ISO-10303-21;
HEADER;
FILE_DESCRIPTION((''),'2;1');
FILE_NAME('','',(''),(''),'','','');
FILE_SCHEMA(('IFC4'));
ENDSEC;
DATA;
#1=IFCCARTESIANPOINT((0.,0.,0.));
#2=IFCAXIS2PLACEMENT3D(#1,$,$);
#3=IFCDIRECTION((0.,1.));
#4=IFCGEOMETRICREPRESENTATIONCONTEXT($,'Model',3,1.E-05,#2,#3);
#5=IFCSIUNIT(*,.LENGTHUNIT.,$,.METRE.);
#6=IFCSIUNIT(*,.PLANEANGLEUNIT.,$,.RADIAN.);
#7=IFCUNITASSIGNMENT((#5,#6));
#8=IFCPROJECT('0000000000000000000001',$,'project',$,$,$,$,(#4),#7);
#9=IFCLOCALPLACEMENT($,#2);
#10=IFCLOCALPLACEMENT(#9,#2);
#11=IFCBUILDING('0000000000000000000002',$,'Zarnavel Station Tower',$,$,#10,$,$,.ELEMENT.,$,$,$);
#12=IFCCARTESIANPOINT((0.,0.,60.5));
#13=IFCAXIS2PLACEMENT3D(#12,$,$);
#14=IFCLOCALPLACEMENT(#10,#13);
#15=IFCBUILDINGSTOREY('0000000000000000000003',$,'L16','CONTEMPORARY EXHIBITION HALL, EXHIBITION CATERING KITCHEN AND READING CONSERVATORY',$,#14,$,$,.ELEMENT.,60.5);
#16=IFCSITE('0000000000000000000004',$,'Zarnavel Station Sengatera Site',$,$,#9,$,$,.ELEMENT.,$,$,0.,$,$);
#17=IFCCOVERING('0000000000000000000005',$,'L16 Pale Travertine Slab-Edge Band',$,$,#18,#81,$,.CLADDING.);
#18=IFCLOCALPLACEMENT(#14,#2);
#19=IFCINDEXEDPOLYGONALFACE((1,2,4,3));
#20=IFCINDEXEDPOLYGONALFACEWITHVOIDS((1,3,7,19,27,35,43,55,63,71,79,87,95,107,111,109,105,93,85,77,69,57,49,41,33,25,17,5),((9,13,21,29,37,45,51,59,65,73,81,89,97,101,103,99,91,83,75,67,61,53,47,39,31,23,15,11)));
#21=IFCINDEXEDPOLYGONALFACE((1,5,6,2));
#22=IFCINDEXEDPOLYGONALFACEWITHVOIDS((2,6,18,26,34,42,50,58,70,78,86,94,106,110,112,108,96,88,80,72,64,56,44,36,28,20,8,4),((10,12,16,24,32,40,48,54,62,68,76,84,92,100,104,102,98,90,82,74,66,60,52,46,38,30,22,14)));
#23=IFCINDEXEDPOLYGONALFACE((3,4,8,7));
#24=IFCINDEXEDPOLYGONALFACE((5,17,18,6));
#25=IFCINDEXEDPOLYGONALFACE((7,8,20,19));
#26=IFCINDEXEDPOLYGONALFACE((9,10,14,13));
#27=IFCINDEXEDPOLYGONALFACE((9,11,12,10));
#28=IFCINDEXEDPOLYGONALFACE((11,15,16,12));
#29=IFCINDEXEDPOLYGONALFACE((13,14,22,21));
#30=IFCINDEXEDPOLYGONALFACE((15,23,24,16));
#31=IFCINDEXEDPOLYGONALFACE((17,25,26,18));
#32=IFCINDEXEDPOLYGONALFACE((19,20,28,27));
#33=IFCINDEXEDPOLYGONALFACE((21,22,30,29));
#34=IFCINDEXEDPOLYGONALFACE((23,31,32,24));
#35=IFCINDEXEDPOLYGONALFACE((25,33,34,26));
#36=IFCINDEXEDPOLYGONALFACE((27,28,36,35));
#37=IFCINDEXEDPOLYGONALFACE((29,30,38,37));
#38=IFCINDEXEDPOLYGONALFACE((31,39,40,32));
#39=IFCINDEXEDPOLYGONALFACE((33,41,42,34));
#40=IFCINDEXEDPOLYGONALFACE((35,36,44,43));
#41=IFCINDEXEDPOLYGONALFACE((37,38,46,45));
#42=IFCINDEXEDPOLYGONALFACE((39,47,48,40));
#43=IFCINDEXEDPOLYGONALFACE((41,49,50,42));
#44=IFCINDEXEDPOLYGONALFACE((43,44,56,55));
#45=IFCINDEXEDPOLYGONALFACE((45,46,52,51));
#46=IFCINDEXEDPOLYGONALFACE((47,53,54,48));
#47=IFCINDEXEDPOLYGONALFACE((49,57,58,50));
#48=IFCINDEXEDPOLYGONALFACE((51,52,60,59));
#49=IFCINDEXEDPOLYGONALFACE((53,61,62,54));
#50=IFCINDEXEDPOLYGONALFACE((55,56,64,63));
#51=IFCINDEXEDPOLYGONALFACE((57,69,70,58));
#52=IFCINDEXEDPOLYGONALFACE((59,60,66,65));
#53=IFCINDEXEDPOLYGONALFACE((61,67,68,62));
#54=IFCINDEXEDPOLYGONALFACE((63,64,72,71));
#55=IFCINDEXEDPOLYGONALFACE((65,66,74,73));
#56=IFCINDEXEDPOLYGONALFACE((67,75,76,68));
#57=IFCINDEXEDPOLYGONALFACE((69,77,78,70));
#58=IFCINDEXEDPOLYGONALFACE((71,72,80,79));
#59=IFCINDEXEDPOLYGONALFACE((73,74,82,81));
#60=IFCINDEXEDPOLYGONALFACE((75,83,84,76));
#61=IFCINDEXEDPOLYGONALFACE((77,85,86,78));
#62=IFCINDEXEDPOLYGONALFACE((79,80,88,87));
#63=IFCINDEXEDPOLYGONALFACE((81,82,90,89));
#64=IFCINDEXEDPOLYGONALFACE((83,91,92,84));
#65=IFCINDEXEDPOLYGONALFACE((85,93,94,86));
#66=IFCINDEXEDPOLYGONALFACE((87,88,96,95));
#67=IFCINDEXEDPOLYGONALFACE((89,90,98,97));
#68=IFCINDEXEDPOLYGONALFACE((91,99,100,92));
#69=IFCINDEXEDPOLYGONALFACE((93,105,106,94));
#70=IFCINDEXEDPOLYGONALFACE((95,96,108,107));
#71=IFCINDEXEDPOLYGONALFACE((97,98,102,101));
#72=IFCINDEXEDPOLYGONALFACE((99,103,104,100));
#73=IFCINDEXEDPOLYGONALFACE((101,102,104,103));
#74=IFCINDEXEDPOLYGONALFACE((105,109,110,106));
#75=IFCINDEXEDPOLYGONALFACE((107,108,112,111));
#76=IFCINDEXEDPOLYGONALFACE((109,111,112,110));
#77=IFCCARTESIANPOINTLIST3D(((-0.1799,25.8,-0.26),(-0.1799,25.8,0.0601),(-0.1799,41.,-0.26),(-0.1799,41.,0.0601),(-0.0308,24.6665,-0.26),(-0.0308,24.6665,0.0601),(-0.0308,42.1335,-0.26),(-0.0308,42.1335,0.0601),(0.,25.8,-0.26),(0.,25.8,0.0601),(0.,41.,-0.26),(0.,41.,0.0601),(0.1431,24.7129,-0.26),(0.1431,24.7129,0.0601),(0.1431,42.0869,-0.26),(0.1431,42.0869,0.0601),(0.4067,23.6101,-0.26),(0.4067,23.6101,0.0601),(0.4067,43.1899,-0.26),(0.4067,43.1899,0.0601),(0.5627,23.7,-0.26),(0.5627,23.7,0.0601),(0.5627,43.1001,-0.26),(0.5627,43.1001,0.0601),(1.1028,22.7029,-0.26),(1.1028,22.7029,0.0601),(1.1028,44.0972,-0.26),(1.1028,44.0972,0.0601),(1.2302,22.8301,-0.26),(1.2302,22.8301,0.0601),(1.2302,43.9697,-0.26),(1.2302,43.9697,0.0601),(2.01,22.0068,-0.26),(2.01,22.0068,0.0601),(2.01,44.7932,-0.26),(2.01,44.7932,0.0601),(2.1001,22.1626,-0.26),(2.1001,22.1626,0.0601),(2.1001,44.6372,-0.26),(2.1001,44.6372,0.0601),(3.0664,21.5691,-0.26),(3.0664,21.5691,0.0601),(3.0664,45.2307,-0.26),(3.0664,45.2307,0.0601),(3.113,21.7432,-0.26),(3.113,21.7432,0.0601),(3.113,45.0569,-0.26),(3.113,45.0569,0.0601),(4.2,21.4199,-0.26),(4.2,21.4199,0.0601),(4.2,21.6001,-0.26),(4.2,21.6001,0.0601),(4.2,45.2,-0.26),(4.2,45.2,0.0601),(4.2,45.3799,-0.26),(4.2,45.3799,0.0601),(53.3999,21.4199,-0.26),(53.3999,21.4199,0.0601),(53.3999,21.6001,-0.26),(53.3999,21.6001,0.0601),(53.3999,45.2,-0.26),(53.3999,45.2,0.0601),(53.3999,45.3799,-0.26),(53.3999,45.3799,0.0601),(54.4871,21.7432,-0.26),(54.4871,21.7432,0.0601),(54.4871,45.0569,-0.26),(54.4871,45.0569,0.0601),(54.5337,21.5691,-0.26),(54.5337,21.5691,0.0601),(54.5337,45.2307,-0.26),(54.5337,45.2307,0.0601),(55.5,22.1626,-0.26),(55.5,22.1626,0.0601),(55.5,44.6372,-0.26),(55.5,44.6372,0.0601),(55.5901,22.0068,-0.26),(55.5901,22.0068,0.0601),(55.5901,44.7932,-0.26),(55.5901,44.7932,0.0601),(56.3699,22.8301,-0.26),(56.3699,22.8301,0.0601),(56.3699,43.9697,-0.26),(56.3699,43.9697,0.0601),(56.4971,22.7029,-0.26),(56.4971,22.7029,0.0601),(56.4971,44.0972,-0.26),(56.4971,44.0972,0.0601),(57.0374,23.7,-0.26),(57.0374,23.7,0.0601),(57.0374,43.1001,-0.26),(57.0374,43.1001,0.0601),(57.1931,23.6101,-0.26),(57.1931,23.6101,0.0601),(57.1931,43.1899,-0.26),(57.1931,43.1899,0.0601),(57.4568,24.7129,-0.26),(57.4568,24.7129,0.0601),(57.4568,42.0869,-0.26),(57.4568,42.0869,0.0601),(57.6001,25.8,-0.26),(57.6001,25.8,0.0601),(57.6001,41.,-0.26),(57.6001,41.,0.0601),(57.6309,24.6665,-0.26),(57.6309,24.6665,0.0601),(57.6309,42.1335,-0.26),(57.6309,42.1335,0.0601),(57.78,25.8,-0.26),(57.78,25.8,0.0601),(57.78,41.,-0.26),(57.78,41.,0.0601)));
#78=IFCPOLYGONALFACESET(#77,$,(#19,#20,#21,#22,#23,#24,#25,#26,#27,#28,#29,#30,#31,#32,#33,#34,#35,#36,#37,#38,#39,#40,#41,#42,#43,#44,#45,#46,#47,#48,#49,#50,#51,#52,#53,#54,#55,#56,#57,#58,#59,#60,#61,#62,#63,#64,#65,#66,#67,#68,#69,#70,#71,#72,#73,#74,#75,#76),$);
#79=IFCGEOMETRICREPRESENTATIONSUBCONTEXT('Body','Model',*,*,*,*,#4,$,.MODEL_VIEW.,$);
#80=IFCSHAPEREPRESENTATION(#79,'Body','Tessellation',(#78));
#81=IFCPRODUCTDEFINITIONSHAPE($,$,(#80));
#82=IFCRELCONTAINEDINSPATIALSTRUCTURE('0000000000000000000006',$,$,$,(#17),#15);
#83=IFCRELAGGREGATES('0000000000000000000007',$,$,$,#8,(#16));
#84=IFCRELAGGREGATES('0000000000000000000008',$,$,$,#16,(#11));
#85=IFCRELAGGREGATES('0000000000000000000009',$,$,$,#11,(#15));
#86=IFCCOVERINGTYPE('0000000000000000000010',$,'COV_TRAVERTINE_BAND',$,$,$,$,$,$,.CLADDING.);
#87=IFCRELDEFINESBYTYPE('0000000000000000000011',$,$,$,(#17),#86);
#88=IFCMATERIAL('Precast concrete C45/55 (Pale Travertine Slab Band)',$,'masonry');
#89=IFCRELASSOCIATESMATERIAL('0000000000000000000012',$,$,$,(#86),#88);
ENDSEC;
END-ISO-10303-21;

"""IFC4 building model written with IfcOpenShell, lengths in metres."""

from ifc_helpers import new_model, si_unit, direction, frame, origin, place, context, subcontext, project, spatial, polyline, outline, extrude, material, type_object, element, save


model = new_model("IFC4")

# Units and contexts
model_context = context("Model", 3, precision=1e-05, world=origin(), true_north=direction((0.0, 1.0)))
body_context = subcontext(model_context, "Body", "Model", "MODEL_VIEW")
ifc_project = project(units=[si_unit("LENGTHUNIT", "METRE"), si_unit("PLANEANGLEUNIT", "RADIAN")], contexts=[model_context])

# Site, building, storey
site_placement = place(None, origin())
site = spatial("IfcSite", under=ifc_project, at=site_placement, Name="Zarnavel Station Sengatera Site", CompositionType="ELEMENT", RefElevation=0.0)
building_placement = place(site_placement, origin())
building = spatial("IfcBuilding", under=site, at=building_placement, Name="Zarnavel Station Tower", CompositionType="ELEMENT")
storey_placement = place(building_placement, frame((0.0, 0.0, 60.5)))
storey = spatial("IfcBuildingStorey", under=building, at=storey_placement, Name="L16", Description="CONTEMPORARY EXHIBITION HALL, EXHIBITION CATERING KITCHEN AND READING CONSERVATORY", CompositionType="ELEMENT", Elevation=60.5)

# Covering
ifc_material_1 = material(Name="Precast concrete C45/55 (Pale Travertine Slab Band)", Category="masonry")
covering_type_1 = type_object("IfcCoveringType", Name="COV_TRAVERTINE_BAND", PredefinedType="CLADDING", material=ifc_material_1)
covering_1_placement = place(storey_placement, frame((0.0, 0.0, -0.26)))
element("IfcCovering", 1, at=covering_1_placement, inside=storey, type_object=covering_type_1, Name="L16 Pale Travertine Slab-Edge Band", PredefinedType="CLADDING", context=body_context, shape_type="SweptSolid", body=[
    extrude(outline(polyline([(53.3999, 21.4199), (54.5337, 21.5691), (55.5901, 22.0068), (56.4971, 22.7029), (57.1931, 23.6101), (57.6309, 24.6665), (57.78, 25.8), (57.78, 41.0), (57.6309, 42.1335), (57.1931, 43.1899), (56.4971, 44.0972), (55.5901, 44.7932), (54.5337, 45.2307), (53.3999, 45.3799), (4.2, 45.3799), (3.0664, 45.2307), (2.01, 44.7932), (1.1028, 44.0972), (0.4067, 43.1899), (-0.0308, 42.1335), (-0.1799, 41.0), (-0.1799, 25.8), (-0.0308, 24.6665), (0.4067, 23.6101), (1.1028, 22.7029), (2.01, 22.0068), (3.0664, 21.5691), (4.2, 21.4199), (53.3999, 21.4199)]), holes=[polyline([(53.3999, 21.6001), (54.4871, 21.7432), (55.5, 22.1626), (56.3699, 22.8301), (57.0374, 23.7), (57.4568, 24.7129), (57.6001, 25.8), (57.6001, 41.0), (57.4568, 42.0869), (57.0374, 43.1001), (56.3699, 43.9697), (55.5, 44.6372), (54.4871, 45.0569), (53.3999, 45.2), (4.2, 45.2), (3.113, 45.0569), (2.1001, 44.6372), (1.2302, 43.9697), (0.5627, 43.1001), (0.1431, 42.0869), (0.0, 41.0), (0.0, 25.8), (0.1431, 24.7129), (0.5627, 23.7), (1.2302, 22.8301), (2.1001, 22.1626), (3.113, 21.7432), (4.2, 21.6001), (53.3999, 21.6001)])]), origin(), (0.0, 0.0, 1.0), 0.3201),
])

save(model, "model.ifc")
